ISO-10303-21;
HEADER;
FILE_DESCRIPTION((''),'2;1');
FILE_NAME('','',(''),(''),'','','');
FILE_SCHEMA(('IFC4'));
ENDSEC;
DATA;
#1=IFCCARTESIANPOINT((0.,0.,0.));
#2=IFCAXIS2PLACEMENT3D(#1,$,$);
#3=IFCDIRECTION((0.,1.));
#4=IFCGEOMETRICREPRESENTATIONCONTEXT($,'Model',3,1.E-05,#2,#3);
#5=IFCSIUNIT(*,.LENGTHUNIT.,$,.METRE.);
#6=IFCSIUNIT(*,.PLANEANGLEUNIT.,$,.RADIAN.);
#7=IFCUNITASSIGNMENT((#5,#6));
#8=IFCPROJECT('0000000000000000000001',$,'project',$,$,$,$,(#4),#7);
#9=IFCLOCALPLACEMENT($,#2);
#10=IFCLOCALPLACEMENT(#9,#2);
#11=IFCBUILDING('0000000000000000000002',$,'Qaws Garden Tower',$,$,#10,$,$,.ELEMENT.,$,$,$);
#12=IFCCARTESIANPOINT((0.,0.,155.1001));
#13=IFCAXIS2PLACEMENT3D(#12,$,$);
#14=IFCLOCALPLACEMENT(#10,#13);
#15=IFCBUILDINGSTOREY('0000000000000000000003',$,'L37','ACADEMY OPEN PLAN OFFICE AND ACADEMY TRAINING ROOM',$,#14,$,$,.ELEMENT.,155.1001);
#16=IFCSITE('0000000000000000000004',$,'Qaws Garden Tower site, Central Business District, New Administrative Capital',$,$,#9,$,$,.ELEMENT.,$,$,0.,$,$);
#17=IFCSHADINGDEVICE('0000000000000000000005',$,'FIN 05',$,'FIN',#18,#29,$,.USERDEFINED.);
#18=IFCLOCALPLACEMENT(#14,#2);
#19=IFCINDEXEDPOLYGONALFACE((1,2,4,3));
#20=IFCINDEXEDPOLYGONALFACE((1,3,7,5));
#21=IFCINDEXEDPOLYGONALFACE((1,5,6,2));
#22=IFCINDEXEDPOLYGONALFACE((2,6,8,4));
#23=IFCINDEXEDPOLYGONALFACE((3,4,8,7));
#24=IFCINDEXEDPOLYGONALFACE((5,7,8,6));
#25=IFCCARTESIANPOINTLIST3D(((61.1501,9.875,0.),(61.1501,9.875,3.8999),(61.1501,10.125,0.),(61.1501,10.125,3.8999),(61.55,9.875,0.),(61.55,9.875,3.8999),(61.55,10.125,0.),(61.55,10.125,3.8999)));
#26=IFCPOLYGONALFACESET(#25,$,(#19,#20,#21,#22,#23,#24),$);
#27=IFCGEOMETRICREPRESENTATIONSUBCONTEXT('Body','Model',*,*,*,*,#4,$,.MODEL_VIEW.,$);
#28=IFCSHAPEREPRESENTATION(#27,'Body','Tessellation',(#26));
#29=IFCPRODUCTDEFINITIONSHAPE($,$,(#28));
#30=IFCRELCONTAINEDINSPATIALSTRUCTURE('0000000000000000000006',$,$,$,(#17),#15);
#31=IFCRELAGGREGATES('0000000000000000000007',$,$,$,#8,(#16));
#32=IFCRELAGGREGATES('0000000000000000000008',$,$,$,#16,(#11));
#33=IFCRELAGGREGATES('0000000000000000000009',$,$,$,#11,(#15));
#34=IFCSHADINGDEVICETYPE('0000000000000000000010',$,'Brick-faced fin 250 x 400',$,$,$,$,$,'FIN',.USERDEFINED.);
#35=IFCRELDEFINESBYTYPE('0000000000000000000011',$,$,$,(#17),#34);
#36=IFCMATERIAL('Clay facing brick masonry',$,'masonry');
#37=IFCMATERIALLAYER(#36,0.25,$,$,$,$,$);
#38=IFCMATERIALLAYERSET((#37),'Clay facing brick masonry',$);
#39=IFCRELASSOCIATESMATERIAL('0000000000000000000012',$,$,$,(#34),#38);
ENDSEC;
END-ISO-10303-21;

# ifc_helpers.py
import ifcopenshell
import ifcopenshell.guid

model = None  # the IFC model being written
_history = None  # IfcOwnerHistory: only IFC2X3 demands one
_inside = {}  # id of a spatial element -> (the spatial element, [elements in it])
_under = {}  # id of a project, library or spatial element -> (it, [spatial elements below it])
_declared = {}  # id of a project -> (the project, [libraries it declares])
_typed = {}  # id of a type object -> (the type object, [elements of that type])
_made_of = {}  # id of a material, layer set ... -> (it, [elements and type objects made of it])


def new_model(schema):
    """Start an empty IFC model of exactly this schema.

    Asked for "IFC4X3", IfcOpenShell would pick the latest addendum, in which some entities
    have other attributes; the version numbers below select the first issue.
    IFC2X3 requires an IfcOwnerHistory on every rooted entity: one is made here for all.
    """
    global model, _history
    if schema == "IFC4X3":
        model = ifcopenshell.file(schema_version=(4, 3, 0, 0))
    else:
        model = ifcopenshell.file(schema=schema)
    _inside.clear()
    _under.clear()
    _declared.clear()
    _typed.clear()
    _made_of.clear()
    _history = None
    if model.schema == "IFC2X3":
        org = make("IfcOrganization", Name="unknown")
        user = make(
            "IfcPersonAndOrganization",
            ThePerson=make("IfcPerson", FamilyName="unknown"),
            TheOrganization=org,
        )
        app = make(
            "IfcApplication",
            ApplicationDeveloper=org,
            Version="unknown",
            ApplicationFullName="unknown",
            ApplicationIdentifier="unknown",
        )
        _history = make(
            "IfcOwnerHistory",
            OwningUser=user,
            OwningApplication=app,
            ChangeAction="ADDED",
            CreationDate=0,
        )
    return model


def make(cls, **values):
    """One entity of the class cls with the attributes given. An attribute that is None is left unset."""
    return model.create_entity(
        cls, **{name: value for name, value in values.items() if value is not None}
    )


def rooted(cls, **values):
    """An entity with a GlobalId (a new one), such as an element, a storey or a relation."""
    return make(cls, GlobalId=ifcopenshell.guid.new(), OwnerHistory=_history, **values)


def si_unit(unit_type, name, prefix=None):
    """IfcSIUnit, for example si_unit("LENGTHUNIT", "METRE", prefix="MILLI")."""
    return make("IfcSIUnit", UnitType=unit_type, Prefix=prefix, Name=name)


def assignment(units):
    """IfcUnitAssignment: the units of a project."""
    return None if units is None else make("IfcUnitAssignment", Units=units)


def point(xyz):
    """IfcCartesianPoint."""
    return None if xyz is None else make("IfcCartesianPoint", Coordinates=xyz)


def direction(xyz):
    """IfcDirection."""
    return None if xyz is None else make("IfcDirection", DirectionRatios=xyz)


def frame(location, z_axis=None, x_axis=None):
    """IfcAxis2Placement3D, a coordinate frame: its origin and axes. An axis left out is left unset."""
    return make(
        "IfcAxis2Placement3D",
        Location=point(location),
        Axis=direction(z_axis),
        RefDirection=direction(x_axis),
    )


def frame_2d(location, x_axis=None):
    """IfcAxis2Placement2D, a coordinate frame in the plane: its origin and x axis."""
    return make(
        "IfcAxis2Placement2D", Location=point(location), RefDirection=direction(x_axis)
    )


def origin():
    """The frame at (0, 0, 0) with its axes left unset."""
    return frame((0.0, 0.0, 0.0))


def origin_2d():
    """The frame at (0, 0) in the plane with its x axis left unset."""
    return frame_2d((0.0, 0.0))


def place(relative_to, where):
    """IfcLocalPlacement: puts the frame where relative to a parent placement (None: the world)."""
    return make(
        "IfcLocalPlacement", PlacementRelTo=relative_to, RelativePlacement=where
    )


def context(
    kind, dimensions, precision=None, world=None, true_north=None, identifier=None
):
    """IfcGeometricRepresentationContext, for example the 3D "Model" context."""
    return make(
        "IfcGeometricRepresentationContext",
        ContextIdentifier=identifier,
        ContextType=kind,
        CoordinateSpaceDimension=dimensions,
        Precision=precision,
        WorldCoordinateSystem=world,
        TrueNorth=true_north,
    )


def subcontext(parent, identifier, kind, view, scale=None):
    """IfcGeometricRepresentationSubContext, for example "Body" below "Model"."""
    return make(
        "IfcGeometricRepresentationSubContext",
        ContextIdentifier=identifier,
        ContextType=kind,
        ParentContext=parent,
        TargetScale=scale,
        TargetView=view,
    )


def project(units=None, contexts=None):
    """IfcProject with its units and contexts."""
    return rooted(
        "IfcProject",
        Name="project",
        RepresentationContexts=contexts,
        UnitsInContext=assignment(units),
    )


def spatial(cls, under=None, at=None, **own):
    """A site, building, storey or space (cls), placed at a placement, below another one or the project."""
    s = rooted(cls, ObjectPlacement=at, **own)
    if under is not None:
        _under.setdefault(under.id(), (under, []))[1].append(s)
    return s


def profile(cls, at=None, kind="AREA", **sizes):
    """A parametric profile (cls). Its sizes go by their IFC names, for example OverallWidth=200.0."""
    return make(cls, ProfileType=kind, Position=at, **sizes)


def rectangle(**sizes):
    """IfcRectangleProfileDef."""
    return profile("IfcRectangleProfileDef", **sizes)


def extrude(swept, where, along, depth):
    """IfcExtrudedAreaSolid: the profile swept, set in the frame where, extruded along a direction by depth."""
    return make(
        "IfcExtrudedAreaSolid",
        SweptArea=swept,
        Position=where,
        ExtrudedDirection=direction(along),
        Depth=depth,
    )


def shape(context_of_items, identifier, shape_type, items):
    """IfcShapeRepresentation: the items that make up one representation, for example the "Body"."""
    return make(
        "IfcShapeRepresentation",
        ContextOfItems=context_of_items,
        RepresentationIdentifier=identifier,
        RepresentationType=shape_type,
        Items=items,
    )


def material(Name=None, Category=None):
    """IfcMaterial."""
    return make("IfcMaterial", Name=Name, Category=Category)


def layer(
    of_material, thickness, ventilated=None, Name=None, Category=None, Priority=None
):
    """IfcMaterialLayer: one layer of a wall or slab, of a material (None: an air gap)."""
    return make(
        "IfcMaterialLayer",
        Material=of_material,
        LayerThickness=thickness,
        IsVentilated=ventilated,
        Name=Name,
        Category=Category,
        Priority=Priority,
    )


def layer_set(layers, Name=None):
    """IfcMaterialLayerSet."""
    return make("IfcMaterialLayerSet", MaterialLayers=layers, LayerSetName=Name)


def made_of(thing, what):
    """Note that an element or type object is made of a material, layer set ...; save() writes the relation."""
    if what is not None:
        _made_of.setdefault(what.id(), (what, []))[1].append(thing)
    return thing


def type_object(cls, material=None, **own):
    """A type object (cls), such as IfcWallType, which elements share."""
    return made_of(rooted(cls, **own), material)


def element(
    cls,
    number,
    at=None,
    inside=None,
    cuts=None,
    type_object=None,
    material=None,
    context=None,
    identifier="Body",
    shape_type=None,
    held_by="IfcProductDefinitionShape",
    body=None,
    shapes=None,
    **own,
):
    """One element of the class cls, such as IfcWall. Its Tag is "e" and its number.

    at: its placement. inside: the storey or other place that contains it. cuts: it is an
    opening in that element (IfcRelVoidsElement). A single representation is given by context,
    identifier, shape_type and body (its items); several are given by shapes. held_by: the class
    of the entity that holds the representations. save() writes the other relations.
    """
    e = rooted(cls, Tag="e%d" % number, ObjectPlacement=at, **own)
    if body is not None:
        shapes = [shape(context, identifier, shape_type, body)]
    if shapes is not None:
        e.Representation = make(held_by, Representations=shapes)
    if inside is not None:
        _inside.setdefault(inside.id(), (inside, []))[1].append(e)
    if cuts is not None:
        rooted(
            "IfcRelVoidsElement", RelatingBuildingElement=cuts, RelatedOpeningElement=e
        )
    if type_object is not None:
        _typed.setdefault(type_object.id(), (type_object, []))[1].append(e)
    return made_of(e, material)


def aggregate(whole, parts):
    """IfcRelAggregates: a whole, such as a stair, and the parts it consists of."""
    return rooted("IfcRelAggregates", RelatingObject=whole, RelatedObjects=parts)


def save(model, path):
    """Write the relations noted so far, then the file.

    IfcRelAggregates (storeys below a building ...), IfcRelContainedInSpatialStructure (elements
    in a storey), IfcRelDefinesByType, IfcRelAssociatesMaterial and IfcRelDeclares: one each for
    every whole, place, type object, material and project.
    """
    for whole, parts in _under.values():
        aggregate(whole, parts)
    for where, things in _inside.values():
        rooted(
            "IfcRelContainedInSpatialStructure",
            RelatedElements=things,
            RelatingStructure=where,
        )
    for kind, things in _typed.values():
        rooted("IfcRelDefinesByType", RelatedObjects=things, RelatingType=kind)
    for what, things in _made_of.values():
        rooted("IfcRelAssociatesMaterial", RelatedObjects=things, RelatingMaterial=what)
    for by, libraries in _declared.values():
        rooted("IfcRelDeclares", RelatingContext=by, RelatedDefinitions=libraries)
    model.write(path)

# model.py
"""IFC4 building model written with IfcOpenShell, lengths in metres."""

from ifc_helpers import new_model, si_unit, direction, frame, origin, origin_2d, place, context, subcontext, project, spatial, rectangle, extrude, material, layer, layer_set, type_object, element, save


model = new_model("IFC4")

# Units and contexts
model_context = context("Model", 3, precision=1e-05, world=origin(), true_north=direction((0.0, 1.0)))
body_context = subcontext(model_context, "Body", "Model", "MODEL_VIEW")
ifc_project = project(units=[si_unit("LENGTHUNIT", "METRE"), si_unit("PLANEANGLEUNIT", "RADIAN")], contexts=[model_context])

# Site, building, storey
site_placement = place(None, origin())
site = spatial("IfcSite", under=ifc_project, at=site_placement, Name="Qaws Garden Tower site, Central Business District, New Administrative Capital", CompositionType="ELEMENT", RefElevation=0.0)
building_placement = place(site_placement, origin())
building = spatial("IfcBuilding", under=site, at=building_placement, Name="Qaws Garden Tower", CompositionType="ELEMENT")
storey_placement = place(building_placement, frame((0.0, 0.0, 155.1001)))
storey = spatial("IfcBuildingStorey", under=building, at=storey_placement, Name="L37", Description="ACADEMY OPEN PLAN OFFICE AND ACADEMY TRAINING ROOM", CompositionType="ELEMENT", Elevation=155.1001)

# Shading device
ifc_material_1 = material(Name="Clay facing brick masonry", Category="masonry")
ifc_layer_1 = layer(ifc_material_1, 0.25)
ifc_layer_set_1 = layer_set([ifc_layer_1], Name="Clay facing brick masonry")
shading_device_type = type_object("IfcShadingDeviceType", Name="Brick-faced fin 250 x 400", ElementType="FIN", PredefinedType="USERDEFINED", material=ifc_layer_set_1)
shading_device_placement = place(storey_placement, frame((61.3501, 10.0, 0.0), z_axis=(0.0, 0.0, 1.0), x_axis=(0.0, 1.0, 0.0)))
element("IfcShadingDevice", 1, at=shading_device_placement, inside=storey, type_object=shading_device_type, Name="FIN 05", ObjectType="FIN", PredefinedType="USERDEFINED", context=body_context, shape_type="SweptSolid", body=[
    extrude(rectangle(XDim=0.25, YDim=0.3999, at=origin_2d()), origin(), (0.0, 0.0, 1.0), 3.8999),
])

save(model, "model.ifc")
